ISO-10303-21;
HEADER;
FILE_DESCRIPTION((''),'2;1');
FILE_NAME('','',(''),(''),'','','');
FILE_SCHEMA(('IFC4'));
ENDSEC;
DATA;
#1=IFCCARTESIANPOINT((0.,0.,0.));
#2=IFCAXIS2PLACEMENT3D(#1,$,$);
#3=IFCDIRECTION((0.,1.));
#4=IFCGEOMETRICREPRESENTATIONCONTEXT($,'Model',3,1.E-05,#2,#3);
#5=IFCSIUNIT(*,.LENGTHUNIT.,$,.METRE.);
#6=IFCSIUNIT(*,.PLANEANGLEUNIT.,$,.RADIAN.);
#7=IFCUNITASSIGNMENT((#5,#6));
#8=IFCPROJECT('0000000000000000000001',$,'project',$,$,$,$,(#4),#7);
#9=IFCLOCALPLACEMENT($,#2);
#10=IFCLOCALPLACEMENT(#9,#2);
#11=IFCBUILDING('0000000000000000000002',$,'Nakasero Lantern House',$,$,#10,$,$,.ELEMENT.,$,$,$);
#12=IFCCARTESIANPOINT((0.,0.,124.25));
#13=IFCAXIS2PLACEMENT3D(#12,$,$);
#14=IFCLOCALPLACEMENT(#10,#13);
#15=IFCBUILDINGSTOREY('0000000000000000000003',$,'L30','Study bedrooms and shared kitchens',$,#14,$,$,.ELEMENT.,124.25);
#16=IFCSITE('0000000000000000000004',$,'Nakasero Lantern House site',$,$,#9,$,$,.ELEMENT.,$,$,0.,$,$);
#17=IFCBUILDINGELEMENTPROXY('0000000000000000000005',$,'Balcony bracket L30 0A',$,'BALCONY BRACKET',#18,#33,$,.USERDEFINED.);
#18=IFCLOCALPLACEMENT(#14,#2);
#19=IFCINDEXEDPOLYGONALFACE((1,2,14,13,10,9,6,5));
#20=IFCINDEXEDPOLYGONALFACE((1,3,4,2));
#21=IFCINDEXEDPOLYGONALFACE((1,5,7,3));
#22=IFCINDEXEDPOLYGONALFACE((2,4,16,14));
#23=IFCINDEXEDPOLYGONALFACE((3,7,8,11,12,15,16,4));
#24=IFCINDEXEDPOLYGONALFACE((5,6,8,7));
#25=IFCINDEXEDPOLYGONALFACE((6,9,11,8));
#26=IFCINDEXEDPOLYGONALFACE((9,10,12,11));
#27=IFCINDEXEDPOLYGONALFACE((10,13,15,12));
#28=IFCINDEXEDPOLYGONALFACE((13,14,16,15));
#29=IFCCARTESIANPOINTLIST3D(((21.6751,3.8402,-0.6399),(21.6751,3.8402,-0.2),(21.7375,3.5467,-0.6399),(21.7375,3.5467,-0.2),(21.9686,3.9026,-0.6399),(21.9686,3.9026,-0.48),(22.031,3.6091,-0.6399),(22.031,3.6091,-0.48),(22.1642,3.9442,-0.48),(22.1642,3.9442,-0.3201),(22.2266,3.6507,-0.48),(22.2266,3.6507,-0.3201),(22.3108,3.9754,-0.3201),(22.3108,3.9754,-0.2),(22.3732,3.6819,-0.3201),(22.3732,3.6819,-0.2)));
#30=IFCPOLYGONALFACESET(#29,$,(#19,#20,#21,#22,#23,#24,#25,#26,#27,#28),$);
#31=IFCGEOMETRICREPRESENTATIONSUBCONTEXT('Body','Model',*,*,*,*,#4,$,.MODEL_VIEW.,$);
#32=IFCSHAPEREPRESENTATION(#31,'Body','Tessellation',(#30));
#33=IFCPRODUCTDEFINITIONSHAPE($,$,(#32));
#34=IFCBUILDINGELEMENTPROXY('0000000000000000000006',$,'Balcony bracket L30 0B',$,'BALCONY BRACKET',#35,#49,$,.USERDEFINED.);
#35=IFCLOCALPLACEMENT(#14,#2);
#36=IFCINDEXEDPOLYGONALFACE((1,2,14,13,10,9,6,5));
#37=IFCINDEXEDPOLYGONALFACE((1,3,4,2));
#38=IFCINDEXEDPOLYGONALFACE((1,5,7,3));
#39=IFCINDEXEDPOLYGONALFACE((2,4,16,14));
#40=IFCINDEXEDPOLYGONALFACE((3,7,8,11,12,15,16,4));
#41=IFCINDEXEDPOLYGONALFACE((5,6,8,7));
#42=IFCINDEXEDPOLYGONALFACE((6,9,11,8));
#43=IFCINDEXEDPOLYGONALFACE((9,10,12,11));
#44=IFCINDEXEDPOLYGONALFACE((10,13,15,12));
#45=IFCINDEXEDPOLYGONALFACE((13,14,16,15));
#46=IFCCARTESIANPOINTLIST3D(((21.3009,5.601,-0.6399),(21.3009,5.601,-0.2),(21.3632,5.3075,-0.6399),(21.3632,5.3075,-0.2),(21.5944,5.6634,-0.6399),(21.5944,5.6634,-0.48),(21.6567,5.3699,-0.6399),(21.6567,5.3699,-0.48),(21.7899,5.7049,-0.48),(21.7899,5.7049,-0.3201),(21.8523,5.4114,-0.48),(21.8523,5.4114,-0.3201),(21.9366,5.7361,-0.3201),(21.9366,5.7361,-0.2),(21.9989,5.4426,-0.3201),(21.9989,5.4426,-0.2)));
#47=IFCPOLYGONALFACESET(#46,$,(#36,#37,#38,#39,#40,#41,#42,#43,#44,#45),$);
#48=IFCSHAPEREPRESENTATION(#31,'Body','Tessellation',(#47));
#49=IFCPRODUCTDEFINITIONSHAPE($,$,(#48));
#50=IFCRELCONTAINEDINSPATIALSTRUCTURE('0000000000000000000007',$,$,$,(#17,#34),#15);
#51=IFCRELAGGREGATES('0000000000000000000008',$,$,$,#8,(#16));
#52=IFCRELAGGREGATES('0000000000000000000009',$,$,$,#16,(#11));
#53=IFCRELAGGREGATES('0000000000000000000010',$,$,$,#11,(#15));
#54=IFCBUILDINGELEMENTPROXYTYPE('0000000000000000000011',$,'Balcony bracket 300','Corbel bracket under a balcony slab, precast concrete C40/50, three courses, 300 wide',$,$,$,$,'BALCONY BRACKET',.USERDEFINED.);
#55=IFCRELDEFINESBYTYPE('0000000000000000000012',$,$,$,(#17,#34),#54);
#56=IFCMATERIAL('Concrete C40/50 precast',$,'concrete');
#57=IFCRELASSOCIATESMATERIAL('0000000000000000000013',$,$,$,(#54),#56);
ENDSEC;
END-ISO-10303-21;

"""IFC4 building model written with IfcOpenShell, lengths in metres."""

from ifc_helpers import new_model, si_unit, direction, frame, origin, place, context, subcontext, project, spatial, polyline, outline, extrude, material, type_object, element, save


model = new_model("IFC4")

# Units and contexts
model_context = context("Model", 3, precision=1e-05, world=origin(), true_north=direction((0.0, 1.0)))
body_context = subcontext(model_context, "Body", "Model", "MODEL_VIEW")
ifc_project = project(units=[si_unit("LENGTHUNIT", "METRE"), si_unit("PLANEANGLEUNIT", "RADIAN")], contexts=[model_context])

# Site, building, storey
site_placement = place(None, origin())
site = spatial("IfcSite", under=ifc_project, at=site_placement, Name="Nakasero Lantern House site", CompositionType="ELEMENT", RefElevation=0.0)
building_placement = place(site_placement, origin())
building = spatial("IfcBuilding", under=site, at=building_placement, Name="Nakasero Lantern House", CompositionType="ELEMENT")
storey_placement = place(building_placement, frame((0.0, 0.0, 124.25)))
storey = spatial("IfcBuildingStorey", under=building, at=storey_placement, Name="L30", Description="Study bedrooms and shared kitchens", CompositionType="ELEMENT", Elevation=124.25)

# Building element proxies
ifc_material_1 = material(Name="Concrete C40/50 precast", Category="concrete")
building_element_proxy_type = type_object("IfcBuildingElementProxyType", Name="Balcony bracket 300", Description="Corbel bracket under a balcony slab, precast concrete C40/50, three courses, 300 wide", ElementType="BALCONY BRACKET", PredefinedType="USERDEFINED", material=ifc_material_1)
for number, where, z_axis, x_axis, name in (
    (1, (21.7063, 3.6936, -0.2), (0.0, 0.0, 1.0), (0.978148, 0.207912, 0.0), "Balcony bracket L30 0A"),
    (2, (21.332, 5.4543, -0.2), (0.0, 0.0, 1.0), (0.978148, 0.207912, 0.0), "Balcony bracket L30 0B"),
):
    element("IfcBuildingElementProxy", number, at=place(storey_placement, frame(where, z_axis=z_axis, x_axis=x_axis)), inside=storey, type_object=building_element_proxy_type, Name=name, ObjectType="BALCONY BRACKET", PredefinedType="USERDEFINED", context=body_context, shape_type="SweptSolid", body=[
        extrude(outline(polyline([(0.0, 0.0), (0.6499, 0.0), (0.6499, -0.1201), (0.5, -0.1201), (0.5, -0.28), (0.3, -0.28), (0.3, -0.4399), (0.0, -0.4399), (0.0, 0.0)])), frame((0.0, 0.1499, 0.0), z_axis=(0.0, -1.0, 0.0), x_axis=(1.0, 0.0, 0.0)), (0.0, 0.0, 1.0), 0.3),
    ])

save(model, "model.ifc")
